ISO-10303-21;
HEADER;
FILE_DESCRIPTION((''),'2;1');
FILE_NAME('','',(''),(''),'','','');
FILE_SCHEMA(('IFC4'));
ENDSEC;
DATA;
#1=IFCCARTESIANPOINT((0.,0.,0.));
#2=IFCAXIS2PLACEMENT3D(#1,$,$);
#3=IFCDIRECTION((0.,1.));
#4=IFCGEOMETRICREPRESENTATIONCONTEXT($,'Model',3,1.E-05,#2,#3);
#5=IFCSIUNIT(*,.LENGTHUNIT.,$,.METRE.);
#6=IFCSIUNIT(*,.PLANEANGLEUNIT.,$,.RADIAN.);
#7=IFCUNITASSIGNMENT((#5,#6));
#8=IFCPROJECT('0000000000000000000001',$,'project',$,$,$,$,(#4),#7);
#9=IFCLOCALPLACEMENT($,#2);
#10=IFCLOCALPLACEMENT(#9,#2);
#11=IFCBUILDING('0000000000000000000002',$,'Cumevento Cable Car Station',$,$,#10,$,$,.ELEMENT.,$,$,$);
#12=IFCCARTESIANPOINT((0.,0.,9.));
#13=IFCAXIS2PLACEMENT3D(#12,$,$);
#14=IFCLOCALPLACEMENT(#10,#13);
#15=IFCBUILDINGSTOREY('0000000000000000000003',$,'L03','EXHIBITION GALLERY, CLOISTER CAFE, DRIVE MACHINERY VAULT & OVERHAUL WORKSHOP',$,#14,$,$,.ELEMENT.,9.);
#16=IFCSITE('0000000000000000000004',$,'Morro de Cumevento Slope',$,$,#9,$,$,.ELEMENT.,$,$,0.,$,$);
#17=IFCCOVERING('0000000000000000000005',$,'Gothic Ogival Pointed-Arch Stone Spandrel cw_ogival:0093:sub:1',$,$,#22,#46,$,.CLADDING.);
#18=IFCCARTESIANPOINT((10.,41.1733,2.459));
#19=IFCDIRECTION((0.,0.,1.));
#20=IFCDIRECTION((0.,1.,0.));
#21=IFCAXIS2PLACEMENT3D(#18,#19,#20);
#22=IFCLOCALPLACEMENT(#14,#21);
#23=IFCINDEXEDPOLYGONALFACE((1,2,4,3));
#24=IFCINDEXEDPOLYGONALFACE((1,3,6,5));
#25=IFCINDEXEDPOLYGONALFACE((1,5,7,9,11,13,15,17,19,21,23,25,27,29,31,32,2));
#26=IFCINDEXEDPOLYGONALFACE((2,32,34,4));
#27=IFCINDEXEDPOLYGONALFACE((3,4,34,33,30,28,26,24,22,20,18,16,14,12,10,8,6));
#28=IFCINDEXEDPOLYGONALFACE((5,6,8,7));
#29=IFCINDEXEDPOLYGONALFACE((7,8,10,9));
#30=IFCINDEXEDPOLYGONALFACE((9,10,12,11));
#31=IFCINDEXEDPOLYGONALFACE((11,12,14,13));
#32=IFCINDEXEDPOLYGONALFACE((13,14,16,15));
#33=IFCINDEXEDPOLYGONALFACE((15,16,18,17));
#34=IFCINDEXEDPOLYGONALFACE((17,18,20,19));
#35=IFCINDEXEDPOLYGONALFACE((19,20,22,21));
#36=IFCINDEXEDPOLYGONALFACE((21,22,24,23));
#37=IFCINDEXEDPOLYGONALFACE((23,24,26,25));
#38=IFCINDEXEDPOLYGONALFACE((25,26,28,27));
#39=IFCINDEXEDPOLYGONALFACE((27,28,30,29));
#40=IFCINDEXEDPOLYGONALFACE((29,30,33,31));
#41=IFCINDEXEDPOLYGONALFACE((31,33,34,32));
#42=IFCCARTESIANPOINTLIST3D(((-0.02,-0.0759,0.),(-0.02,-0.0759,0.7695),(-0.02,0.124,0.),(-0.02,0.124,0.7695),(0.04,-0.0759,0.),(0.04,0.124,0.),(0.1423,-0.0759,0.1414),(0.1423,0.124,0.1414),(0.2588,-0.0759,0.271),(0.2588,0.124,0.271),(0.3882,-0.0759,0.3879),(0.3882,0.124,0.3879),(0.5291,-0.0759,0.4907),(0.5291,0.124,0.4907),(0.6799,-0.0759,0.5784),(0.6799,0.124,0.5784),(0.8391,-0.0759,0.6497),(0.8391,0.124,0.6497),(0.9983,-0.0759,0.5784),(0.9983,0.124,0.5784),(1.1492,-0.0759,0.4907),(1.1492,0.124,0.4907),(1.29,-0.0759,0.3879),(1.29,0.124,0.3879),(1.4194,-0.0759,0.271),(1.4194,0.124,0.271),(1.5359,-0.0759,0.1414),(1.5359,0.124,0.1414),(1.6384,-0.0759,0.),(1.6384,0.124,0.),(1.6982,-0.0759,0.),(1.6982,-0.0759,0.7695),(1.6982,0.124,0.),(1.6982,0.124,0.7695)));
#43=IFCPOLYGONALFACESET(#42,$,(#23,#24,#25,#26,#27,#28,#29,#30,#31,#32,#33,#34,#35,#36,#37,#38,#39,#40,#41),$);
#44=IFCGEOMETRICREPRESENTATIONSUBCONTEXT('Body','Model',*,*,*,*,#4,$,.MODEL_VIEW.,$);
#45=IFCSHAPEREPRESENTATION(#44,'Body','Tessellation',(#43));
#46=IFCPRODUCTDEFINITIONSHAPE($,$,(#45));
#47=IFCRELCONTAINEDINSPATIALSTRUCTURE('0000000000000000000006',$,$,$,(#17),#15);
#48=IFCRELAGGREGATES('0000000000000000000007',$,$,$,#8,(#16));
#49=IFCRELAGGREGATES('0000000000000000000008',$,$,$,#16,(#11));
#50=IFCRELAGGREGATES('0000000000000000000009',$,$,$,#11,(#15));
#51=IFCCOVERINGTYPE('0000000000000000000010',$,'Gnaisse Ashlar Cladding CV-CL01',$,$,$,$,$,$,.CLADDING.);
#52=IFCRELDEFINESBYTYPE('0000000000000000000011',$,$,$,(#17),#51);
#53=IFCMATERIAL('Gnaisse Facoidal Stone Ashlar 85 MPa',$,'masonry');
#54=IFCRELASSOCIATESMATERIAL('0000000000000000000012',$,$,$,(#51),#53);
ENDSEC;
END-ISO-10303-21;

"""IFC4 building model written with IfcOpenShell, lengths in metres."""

from ifc_helpers import new_model, si_unit, direction, frame, origin, place, context, subcontext, project, spatial, polyline, outline, extrude, material, type_object, element, save


model = new_model("IFC4")

# Units and contexts
model_context = context("Model", 3, precision=1e-05, world=origin(), true_north=direction((0.0, 1.0)))
body_context = subcontext(model_context, "Body", "Model", "MODEL_VIEW")
ifc_project = project(units=[si_unit("LENGTHUNIT", "METRE"), si_unit("PLANEANGLEUNIT", "RADIAN")], contexts=[model_context])

# Site, building, storey
site_placement = place(None, origin())
site = spatial("IfcSite", under=ifc_project, at=site_placement, Name="Morro de Cumevento Slope", CompositionType="ELEMENT", RefElevation=0.0)
building_placement = place(site_placement, origin())
building = spatial("IfcBuilding", under=site, at=building_placement, Name="Cumevento Cable Car Station", CompositionType="ELEMENT")
storey_placement = place(building_placement, frame((0.0, 0.0, 9.0)))
storey = spatial("IfcBuildingStorey", under=building, at=storey_placement, Name="L03", Description="EXHIBITION GALLERY, CLOISTER CAFE, DRIVE MACHINERY VAULT & OVERHAUL WORKSHOP", CompositionType="ELEMENT", Elevation=9.0)

# Covering
ifc_material_1 = material(Name="Gnaisse Facoidal Stone Ashlar 85 MPa", Category="masonry")
covering_type = type_object("IfcCoveringType", Name="Gnaisse Ashlar Cladding CV-CL01", PredefinedType="CLADDING", material=ifc_material_1)
for number, where, z_axis, x_axis, name in (
    (1, (10.0, 41.1733, 2.459), (0.0, 0.0, 1.0), (0.0, 1.0, 0.0), "Gothic Ogival Pointed-Arch Stone Spandrel cw_ogival:0093:sub:1"),
):
    element("IfcCovering", number, at=place(storey_placement, frame(where, z_axis=z_axis, x_axis=x_axis)), inside=storey, type_object=covering_type, Name=name, PredefinedType="CLADDING", context=body_context, shape_type="SweptSolid", body=[
        extrude(outline(polyline([(-0.02, 0.0), (-0.02, 0.7695), (1.6982, 0.7695), (1.6982, 0.0), (1.6384, 0.0), (1.5359, 0.1414), (1.4194, 0.271), (1.29, 0.3879), (1.1492, 0.4907), (0.9983, 0.5784), (0.8391, 0.6497), (0.6799, 0.5784), (0.5291, 0.4907), (0.3882, 0.3879), (0.2588, 0.271), (0.1423, 0.1414), (0.04, 0.0), (-0.02, 0.0)])), frame((0.0, 0.124, 0.0), z_axis=(0.0, -1.0, 0.0), x_axis=(1.0, 0.0, 0.0)), (0.0, 0.0, 1.0), 0.2),
    ])

save(model, "model.ifc")
